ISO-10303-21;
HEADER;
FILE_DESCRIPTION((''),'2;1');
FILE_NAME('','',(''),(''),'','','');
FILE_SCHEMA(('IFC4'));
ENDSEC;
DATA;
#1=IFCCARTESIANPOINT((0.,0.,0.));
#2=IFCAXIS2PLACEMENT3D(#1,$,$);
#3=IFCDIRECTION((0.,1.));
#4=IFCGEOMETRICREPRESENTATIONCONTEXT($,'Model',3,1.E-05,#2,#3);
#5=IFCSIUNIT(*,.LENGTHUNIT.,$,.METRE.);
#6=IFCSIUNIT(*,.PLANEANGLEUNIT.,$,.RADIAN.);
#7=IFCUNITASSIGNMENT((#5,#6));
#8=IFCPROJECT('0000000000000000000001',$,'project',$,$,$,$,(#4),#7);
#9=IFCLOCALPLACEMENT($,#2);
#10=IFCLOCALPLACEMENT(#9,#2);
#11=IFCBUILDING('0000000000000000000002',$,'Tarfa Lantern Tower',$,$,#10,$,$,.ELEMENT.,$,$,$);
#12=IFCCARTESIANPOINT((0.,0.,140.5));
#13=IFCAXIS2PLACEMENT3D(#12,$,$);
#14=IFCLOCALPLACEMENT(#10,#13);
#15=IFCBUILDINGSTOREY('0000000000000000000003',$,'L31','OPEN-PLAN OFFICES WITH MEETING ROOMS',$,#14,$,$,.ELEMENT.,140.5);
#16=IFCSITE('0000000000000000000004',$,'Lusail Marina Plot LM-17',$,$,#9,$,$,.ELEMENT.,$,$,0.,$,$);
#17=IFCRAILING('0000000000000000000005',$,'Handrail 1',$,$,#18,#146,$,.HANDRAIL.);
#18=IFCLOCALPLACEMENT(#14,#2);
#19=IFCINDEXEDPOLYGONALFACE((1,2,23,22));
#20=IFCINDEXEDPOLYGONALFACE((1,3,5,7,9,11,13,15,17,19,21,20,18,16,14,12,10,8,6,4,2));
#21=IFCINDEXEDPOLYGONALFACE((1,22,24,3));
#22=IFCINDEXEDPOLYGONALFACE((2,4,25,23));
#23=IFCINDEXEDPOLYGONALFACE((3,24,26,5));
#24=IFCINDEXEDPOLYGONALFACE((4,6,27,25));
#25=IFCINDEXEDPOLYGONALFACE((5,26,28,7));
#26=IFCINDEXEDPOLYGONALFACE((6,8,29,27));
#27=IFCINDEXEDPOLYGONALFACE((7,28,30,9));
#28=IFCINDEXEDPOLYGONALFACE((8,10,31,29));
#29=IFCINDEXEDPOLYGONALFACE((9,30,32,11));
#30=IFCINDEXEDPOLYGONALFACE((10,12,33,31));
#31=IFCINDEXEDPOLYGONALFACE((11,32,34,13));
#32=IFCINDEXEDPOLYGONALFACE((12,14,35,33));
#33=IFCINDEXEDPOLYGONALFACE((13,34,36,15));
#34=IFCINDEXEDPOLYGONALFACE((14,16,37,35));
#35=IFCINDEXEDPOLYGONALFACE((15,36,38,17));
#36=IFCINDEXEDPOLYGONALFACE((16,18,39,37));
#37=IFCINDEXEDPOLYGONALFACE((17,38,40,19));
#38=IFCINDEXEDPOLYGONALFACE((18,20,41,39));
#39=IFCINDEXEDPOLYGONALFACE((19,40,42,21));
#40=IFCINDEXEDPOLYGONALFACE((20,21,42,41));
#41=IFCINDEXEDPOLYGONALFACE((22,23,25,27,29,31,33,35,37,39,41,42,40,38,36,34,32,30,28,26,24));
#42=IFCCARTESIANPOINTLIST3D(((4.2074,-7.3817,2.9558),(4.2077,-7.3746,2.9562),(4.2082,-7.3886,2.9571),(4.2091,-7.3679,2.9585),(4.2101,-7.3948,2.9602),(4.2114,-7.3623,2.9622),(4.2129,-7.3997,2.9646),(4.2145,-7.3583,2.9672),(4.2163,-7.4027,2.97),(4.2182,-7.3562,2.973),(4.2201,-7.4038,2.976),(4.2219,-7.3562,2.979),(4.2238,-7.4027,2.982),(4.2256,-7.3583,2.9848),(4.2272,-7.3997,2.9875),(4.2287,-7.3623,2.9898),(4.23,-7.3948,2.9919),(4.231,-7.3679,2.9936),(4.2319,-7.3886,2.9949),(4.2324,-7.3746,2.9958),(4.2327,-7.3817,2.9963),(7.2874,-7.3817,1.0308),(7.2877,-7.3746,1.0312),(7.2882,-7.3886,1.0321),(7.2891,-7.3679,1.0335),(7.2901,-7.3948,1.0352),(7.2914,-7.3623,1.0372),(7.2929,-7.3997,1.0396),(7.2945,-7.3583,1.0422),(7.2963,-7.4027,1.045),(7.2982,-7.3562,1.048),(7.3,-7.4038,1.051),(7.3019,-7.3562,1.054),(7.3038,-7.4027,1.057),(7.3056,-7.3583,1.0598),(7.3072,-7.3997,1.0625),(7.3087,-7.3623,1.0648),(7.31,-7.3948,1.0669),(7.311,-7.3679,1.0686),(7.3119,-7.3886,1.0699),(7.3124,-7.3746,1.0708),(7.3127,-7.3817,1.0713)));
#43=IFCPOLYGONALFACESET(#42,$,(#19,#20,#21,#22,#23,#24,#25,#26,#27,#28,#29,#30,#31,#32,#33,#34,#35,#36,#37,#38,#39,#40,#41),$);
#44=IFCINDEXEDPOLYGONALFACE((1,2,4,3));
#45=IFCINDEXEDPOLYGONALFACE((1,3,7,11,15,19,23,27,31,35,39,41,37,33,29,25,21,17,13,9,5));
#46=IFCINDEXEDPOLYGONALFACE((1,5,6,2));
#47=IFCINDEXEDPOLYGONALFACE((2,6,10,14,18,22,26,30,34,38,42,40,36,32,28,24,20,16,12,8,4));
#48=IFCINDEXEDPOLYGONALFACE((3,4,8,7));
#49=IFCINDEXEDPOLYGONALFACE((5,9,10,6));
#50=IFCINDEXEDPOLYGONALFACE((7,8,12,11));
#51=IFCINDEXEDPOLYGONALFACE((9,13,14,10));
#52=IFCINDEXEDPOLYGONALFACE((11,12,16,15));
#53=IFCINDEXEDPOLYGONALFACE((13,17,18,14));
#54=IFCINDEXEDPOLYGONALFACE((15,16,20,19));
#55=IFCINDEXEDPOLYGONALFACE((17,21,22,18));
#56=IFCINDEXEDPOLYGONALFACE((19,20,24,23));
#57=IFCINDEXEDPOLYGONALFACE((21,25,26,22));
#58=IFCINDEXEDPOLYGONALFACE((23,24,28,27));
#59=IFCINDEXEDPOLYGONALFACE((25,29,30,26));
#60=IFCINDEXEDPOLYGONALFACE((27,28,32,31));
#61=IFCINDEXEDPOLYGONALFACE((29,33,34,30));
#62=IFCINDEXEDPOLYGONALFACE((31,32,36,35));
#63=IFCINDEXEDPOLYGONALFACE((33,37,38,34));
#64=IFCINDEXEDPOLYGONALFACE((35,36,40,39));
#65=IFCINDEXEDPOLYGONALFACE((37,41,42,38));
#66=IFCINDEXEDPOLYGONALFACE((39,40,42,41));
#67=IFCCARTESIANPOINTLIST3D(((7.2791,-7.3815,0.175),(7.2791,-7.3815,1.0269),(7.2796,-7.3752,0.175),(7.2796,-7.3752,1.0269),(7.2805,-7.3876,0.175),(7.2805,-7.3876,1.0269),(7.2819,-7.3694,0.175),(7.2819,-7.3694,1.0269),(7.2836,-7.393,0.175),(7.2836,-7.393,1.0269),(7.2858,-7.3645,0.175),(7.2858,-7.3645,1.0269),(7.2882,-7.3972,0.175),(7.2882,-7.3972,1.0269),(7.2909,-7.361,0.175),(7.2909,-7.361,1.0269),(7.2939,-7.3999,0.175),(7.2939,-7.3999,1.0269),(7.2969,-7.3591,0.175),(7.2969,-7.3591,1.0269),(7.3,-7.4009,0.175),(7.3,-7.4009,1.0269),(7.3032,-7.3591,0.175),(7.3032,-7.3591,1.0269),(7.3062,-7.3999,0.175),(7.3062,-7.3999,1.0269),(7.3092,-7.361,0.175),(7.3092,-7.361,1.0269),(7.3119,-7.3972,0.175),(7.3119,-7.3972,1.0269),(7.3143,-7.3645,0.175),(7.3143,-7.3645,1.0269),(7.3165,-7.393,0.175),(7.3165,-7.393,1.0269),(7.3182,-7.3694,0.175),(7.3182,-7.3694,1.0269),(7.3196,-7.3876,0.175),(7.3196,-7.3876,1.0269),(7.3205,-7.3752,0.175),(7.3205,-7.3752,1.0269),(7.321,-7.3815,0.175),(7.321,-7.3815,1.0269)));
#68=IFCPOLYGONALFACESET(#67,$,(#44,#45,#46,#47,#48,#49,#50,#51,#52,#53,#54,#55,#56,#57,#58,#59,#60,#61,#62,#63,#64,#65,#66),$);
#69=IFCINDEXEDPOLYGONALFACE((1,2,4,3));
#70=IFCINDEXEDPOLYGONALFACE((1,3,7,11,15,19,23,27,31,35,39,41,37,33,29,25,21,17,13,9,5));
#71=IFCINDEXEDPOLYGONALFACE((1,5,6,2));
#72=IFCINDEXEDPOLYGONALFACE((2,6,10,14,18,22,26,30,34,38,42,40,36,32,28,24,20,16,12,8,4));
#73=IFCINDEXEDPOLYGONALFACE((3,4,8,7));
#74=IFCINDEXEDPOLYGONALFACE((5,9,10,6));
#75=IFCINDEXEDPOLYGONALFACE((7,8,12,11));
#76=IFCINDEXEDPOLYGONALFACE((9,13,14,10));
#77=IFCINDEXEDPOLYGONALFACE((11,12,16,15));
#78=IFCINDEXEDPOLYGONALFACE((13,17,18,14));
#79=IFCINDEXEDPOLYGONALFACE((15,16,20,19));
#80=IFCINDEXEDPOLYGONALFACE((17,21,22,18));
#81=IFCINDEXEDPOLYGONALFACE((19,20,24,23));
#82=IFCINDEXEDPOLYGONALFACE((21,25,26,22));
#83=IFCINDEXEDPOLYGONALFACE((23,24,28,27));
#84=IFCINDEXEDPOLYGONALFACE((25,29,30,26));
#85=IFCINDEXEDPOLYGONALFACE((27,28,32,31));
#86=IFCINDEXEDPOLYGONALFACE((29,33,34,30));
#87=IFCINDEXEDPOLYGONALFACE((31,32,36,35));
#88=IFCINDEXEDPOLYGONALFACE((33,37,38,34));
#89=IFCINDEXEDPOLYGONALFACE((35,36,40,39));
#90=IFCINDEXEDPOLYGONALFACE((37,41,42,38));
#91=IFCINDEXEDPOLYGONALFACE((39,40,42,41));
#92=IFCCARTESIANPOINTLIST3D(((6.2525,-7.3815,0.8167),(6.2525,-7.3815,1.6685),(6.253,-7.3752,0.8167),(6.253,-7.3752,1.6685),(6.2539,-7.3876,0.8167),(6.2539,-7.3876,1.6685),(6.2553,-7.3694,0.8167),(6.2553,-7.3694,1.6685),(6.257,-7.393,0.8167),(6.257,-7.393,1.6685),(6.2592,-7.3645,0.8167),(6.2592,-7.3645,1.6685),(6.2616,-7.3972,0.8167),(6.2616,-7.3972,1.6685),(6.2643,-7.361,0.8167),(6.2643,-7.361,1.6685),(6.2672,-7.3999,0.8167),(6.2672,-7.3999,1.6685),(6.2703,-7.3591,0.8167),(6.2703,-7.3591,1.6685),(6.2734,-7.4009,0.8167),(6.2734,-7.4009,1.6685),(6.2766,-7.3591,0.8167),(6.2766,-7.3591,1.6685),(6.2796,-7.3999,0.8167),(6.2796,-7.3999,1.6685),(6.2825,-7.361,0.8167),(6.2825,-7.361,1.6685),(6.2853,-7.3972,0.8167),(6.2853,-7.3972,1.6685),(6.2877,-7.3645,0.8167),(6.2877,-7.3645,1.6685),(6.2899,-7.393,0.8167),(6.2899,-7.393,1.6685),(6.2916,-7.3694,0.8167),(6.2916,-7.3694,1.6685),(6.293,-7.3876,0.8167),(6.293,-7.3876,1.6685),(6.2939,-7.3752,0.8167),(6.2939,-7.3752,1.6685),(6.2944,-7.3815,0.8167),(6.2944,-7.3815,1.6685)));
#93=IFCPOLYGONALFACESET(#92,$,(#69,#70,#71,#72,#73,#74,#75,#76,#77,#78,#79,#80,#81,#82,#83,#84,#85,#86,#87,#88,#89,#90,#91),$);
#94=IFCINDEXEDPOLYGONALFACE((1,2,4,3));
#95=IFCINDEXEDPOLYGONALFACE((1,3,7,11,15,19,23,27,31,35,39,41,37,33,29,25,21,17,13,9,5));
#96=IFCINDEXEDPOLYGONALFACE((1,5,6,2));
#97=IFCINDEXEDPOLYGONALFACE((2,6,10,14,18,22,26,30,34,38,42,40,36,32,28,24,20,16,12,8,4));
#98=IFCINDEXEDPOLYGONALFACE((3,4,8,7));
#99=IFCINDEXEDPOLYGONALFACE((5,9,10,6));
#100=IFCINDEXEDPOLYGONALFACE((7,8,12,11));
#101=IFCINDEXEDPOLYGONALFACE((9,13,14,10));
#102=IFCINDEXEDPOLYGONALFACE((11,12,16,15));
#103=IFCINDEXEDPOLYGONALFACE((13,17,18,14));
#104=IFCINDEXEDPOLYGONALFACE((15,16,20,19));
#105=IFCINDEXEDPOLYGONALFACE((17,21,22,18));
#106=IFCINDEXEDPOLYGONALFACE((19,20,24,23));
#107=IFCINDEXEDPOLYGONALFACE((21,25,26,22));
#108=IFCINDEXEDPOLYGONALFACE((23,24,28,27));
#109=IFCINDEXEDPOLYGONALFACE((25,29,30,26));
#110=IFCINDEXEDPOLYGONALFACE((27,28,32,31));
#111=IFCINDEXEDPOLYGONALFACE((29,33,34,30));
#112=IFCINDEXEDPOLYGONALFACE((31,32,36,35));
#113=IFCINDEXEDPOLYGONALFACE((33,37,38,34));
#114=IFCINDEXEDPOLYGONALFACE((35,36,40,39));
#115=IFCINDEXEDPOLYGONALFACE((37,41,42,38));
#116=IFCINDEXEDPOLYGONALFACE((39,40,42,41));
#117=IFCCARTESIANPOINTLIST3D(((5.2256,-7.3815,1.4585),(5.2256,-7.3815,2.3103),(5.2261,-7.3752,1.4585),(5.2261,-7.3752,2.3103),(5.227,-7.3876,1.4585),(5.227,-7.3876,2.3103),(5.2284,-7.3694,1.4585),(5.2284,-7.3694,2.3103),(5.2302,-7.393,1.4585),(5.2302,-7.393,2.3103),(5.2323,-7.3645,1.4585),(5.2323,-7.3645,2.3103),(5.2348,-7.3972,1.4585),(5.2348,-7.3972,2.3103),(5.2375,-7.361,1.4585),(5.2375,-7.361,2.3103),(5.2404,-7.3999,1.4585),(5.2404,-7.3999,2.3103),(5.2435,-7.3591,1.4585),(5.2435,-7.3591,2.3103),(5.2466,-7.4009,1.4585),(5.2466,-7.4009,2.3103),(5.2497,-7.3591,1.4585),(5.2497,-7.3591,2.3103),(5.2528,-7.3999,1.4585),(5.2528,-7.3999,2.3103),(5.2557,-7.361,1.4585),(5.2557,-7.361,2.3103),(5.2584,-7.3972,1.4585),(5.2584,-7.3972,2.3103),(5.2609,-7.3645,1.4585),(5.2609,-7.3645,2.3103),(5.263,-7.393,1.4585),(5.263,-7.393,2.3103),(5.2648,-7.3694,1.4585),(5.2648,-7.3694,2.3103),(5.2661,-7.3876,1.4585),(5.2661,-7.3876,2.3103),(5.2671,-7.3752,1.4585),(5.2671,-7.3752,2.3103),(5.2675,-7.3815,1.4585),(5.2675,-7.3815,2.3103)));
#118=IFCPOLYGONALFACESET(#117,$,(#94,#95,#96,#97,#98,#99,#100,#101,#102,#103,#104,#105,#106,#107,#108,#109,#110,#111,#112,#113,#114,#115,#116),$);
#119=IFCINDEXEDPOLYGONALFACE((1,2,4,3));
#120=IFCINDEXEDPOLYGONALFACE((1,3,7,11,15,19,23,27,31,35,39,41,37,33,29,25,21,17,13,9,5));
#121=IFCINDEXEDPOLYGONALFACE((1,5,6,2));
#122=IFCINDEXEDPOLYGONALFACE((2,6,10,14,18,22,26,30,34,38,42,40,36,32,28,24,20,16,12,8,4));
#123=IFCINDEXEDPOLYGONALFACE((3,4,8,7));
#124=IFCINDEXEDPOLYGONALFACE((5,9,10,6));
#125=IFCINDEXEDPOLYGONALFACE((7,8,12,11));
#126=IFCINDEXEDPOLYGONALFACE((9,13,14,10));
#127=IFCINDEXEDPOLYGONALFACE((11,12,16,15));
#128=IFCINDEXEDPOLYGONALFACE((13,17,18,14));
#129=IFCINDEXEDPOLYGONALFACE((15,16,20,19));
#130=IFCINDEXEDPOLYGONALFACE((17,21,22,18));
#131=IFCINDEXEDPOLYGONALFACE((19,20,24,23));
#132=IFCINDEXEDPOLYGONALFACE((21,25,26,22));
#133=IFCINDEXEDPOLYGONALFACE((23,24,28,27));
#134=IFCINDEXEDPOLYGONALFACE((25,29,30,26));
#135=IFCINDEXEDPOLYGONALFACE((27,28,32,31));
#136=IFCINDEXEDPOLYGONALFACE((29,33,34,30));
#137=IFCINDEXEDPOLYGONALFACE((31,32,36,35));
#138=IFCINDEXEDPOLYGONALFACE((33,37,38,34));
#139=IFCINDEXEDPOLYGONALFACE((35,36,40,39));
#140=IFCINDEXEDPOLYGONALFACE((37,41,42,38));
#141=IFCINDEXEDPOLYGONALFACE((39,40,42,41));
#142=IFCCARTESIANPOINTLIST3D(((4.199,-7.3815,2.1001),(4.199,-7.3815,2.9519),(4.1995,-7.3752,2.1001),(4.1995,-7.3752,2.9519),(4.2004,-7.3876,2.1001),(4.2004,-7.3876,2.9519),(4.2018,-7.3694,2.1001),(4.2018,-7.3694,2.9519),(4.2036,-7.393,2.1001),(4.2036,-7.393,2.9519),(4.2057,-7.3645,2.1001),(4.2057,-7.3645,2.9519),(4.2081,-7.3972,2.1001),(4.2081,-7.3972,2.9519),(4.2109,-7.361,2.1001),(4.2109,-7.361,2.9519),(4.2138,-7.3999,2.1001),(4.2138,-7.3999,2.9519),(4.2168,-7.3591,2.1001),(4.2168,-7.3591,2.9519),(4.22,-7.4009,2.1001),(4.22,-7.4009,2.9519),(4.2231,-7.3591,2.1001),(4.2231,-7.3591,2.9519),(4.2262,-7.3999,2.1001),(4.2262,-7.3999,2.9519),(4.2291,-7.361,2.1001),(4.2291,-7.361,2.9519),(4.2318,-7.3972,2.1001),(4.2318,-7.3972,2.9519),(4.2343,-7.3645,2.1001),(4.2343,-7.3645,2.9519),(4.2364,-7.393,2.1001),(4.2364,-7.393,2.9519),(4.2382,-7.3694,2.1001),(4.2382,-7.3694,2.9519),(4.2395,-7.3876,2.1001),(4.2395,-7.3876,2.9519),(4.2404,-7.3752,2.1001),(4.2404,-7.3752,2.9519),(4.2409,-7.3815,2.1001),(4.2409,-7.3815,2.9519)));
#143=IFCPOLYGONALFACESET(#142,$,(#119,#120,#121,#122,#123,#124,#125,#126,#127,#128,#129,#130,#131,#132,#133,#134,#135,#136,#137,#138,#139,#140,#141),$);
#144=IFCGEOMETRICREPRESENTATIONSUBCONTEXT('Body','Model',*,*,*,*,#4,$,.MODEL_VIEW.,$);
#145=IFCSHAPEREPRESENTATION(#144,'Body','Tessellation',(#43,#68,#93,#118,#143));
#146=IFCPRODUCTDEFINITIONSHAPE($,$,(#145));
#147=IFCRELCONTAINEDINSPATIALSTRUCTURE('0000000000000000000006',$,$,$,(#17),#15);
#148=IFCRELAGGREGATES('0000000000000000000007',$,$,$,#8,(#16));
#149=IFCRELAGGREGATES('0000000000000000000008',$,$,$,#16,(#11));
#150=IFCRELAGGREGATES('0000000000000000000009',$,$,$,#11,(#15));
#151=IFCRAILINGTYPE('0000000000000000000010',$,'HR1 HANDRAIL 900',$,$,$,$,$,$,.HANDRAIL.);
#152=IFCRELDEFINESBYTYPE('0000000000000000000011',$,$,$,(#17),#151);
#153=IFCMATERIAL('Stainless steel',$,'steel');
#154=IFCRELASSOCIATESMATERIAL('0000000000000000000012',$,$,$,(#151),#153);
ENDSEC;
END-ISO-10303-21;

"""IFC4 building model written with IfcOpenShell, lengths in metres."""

from ifc_helpers import new_model, si_unit, direction, frame, origin, origin_2d, place, context, subcontext, project, spatial, circle, extrude, material, type_object, element, save


model = new_model("IFC4")

# Units and contexts
model_context = context("Model", 3, precision=1e-05, world=origin(), true_north=direction((0.0, 1.0)))
body_context = subcontext(model_context, "Body", "Model", "MODEL_VIEW")
ifc_project = project(units=[si_unit("LENGTHUNIT", "METRE"), si_unit("PLANEANGLEUNIT", "RADIAN")], contexts=[model_context])

# Site, building, storey
site_placement = place(None, origin())
site = spatial("IfcSite", under=ifc_project, at=site_placement, Name="Lusail Marina Plot LM-17", CompositionType="ELEMENT", RefElevation=0.0)
building_placement = place(site_placement, origin())
building = spatial("IfcBuilding", under=site, at=building_placement, Name="Tarfa Lantern Tower", CompositionType="ELEMENT")
storey_placement = place(building_placement, frame((0.0, 0.0, 140.5)))
storey = spatial("IfcBuildingStorey", under=building, at=storey_placement, Name="L31", Description="OPEN-PLAN OFFICES WITH MEETING ROOMS", CompositionType="ELEMENT", Elevation=140.5)

# Railing
ifc_material_1 = material(Name="Stainless steel", Category="steel")
railing_type = type_object("IfcRailingType", Name="HR1 HANDRAIL 900", PredefinedType="HANDRAIL", material=ifc_material_1)
railing_1_placement = place(storey_placement, frame((7.3, -7.3799, 0.175)))
element("IfcRailing", 1, at=railing_1_placement, inside=storey, type_object=railing_type, Name="Handrail 1", PredefinedType="HANDRAIL", context=body_context, shape_type="SweptSolid", body=[
    extrude(circle(Radius=0.0239, at=origin_2d()), frame((0.0, 0.0, 0.876), z_axis=(-0.847998, 0.0, 0.529999), x_axis=(0.0, -1.0, 0.0)), (0.0, 0.0, 1.0), 3.6321),
    extrude(circle(Radius=0.021, at=origin_2d()), frame((0.0, 0.0, 0.0), z_axis=(0.0, 0.0, 1.0), x_axis=(0.0, -1.0, 0.0)), (0.0, 0.0, 1.0), 0.8518),
    extrude(circle(Radius=0.021, at=origin_2d()), frame((-1.0266, 0.0, 0.6416), z_axis=(0.0, 0.0, 1.0), x_axis=(0.0, -1.0, 0.0)), (0.0, 0.0, 1.0), 0.8518),
    extrude(circle(Radius=0.021, at=origin_2d()), frame((-2.0535, 0.0, 1.2834), z_axis=(0.0, 0.0, 1.0), x_axis=(0.0, -1.0, 0.0)), (0.0, 0.0, 1.0), 0.8518),
    extrude(circle(Radius=0.021, at=origin_2d()), frame((-3.0801, 0.0, 1.925), z_axis=(0.0, 0.0, 1.0), x_axis=(0.0, -1.0, 0.0)), (0.0, 0.0, 1.0), 0.8518),
])

save(model, "model.ifc")
